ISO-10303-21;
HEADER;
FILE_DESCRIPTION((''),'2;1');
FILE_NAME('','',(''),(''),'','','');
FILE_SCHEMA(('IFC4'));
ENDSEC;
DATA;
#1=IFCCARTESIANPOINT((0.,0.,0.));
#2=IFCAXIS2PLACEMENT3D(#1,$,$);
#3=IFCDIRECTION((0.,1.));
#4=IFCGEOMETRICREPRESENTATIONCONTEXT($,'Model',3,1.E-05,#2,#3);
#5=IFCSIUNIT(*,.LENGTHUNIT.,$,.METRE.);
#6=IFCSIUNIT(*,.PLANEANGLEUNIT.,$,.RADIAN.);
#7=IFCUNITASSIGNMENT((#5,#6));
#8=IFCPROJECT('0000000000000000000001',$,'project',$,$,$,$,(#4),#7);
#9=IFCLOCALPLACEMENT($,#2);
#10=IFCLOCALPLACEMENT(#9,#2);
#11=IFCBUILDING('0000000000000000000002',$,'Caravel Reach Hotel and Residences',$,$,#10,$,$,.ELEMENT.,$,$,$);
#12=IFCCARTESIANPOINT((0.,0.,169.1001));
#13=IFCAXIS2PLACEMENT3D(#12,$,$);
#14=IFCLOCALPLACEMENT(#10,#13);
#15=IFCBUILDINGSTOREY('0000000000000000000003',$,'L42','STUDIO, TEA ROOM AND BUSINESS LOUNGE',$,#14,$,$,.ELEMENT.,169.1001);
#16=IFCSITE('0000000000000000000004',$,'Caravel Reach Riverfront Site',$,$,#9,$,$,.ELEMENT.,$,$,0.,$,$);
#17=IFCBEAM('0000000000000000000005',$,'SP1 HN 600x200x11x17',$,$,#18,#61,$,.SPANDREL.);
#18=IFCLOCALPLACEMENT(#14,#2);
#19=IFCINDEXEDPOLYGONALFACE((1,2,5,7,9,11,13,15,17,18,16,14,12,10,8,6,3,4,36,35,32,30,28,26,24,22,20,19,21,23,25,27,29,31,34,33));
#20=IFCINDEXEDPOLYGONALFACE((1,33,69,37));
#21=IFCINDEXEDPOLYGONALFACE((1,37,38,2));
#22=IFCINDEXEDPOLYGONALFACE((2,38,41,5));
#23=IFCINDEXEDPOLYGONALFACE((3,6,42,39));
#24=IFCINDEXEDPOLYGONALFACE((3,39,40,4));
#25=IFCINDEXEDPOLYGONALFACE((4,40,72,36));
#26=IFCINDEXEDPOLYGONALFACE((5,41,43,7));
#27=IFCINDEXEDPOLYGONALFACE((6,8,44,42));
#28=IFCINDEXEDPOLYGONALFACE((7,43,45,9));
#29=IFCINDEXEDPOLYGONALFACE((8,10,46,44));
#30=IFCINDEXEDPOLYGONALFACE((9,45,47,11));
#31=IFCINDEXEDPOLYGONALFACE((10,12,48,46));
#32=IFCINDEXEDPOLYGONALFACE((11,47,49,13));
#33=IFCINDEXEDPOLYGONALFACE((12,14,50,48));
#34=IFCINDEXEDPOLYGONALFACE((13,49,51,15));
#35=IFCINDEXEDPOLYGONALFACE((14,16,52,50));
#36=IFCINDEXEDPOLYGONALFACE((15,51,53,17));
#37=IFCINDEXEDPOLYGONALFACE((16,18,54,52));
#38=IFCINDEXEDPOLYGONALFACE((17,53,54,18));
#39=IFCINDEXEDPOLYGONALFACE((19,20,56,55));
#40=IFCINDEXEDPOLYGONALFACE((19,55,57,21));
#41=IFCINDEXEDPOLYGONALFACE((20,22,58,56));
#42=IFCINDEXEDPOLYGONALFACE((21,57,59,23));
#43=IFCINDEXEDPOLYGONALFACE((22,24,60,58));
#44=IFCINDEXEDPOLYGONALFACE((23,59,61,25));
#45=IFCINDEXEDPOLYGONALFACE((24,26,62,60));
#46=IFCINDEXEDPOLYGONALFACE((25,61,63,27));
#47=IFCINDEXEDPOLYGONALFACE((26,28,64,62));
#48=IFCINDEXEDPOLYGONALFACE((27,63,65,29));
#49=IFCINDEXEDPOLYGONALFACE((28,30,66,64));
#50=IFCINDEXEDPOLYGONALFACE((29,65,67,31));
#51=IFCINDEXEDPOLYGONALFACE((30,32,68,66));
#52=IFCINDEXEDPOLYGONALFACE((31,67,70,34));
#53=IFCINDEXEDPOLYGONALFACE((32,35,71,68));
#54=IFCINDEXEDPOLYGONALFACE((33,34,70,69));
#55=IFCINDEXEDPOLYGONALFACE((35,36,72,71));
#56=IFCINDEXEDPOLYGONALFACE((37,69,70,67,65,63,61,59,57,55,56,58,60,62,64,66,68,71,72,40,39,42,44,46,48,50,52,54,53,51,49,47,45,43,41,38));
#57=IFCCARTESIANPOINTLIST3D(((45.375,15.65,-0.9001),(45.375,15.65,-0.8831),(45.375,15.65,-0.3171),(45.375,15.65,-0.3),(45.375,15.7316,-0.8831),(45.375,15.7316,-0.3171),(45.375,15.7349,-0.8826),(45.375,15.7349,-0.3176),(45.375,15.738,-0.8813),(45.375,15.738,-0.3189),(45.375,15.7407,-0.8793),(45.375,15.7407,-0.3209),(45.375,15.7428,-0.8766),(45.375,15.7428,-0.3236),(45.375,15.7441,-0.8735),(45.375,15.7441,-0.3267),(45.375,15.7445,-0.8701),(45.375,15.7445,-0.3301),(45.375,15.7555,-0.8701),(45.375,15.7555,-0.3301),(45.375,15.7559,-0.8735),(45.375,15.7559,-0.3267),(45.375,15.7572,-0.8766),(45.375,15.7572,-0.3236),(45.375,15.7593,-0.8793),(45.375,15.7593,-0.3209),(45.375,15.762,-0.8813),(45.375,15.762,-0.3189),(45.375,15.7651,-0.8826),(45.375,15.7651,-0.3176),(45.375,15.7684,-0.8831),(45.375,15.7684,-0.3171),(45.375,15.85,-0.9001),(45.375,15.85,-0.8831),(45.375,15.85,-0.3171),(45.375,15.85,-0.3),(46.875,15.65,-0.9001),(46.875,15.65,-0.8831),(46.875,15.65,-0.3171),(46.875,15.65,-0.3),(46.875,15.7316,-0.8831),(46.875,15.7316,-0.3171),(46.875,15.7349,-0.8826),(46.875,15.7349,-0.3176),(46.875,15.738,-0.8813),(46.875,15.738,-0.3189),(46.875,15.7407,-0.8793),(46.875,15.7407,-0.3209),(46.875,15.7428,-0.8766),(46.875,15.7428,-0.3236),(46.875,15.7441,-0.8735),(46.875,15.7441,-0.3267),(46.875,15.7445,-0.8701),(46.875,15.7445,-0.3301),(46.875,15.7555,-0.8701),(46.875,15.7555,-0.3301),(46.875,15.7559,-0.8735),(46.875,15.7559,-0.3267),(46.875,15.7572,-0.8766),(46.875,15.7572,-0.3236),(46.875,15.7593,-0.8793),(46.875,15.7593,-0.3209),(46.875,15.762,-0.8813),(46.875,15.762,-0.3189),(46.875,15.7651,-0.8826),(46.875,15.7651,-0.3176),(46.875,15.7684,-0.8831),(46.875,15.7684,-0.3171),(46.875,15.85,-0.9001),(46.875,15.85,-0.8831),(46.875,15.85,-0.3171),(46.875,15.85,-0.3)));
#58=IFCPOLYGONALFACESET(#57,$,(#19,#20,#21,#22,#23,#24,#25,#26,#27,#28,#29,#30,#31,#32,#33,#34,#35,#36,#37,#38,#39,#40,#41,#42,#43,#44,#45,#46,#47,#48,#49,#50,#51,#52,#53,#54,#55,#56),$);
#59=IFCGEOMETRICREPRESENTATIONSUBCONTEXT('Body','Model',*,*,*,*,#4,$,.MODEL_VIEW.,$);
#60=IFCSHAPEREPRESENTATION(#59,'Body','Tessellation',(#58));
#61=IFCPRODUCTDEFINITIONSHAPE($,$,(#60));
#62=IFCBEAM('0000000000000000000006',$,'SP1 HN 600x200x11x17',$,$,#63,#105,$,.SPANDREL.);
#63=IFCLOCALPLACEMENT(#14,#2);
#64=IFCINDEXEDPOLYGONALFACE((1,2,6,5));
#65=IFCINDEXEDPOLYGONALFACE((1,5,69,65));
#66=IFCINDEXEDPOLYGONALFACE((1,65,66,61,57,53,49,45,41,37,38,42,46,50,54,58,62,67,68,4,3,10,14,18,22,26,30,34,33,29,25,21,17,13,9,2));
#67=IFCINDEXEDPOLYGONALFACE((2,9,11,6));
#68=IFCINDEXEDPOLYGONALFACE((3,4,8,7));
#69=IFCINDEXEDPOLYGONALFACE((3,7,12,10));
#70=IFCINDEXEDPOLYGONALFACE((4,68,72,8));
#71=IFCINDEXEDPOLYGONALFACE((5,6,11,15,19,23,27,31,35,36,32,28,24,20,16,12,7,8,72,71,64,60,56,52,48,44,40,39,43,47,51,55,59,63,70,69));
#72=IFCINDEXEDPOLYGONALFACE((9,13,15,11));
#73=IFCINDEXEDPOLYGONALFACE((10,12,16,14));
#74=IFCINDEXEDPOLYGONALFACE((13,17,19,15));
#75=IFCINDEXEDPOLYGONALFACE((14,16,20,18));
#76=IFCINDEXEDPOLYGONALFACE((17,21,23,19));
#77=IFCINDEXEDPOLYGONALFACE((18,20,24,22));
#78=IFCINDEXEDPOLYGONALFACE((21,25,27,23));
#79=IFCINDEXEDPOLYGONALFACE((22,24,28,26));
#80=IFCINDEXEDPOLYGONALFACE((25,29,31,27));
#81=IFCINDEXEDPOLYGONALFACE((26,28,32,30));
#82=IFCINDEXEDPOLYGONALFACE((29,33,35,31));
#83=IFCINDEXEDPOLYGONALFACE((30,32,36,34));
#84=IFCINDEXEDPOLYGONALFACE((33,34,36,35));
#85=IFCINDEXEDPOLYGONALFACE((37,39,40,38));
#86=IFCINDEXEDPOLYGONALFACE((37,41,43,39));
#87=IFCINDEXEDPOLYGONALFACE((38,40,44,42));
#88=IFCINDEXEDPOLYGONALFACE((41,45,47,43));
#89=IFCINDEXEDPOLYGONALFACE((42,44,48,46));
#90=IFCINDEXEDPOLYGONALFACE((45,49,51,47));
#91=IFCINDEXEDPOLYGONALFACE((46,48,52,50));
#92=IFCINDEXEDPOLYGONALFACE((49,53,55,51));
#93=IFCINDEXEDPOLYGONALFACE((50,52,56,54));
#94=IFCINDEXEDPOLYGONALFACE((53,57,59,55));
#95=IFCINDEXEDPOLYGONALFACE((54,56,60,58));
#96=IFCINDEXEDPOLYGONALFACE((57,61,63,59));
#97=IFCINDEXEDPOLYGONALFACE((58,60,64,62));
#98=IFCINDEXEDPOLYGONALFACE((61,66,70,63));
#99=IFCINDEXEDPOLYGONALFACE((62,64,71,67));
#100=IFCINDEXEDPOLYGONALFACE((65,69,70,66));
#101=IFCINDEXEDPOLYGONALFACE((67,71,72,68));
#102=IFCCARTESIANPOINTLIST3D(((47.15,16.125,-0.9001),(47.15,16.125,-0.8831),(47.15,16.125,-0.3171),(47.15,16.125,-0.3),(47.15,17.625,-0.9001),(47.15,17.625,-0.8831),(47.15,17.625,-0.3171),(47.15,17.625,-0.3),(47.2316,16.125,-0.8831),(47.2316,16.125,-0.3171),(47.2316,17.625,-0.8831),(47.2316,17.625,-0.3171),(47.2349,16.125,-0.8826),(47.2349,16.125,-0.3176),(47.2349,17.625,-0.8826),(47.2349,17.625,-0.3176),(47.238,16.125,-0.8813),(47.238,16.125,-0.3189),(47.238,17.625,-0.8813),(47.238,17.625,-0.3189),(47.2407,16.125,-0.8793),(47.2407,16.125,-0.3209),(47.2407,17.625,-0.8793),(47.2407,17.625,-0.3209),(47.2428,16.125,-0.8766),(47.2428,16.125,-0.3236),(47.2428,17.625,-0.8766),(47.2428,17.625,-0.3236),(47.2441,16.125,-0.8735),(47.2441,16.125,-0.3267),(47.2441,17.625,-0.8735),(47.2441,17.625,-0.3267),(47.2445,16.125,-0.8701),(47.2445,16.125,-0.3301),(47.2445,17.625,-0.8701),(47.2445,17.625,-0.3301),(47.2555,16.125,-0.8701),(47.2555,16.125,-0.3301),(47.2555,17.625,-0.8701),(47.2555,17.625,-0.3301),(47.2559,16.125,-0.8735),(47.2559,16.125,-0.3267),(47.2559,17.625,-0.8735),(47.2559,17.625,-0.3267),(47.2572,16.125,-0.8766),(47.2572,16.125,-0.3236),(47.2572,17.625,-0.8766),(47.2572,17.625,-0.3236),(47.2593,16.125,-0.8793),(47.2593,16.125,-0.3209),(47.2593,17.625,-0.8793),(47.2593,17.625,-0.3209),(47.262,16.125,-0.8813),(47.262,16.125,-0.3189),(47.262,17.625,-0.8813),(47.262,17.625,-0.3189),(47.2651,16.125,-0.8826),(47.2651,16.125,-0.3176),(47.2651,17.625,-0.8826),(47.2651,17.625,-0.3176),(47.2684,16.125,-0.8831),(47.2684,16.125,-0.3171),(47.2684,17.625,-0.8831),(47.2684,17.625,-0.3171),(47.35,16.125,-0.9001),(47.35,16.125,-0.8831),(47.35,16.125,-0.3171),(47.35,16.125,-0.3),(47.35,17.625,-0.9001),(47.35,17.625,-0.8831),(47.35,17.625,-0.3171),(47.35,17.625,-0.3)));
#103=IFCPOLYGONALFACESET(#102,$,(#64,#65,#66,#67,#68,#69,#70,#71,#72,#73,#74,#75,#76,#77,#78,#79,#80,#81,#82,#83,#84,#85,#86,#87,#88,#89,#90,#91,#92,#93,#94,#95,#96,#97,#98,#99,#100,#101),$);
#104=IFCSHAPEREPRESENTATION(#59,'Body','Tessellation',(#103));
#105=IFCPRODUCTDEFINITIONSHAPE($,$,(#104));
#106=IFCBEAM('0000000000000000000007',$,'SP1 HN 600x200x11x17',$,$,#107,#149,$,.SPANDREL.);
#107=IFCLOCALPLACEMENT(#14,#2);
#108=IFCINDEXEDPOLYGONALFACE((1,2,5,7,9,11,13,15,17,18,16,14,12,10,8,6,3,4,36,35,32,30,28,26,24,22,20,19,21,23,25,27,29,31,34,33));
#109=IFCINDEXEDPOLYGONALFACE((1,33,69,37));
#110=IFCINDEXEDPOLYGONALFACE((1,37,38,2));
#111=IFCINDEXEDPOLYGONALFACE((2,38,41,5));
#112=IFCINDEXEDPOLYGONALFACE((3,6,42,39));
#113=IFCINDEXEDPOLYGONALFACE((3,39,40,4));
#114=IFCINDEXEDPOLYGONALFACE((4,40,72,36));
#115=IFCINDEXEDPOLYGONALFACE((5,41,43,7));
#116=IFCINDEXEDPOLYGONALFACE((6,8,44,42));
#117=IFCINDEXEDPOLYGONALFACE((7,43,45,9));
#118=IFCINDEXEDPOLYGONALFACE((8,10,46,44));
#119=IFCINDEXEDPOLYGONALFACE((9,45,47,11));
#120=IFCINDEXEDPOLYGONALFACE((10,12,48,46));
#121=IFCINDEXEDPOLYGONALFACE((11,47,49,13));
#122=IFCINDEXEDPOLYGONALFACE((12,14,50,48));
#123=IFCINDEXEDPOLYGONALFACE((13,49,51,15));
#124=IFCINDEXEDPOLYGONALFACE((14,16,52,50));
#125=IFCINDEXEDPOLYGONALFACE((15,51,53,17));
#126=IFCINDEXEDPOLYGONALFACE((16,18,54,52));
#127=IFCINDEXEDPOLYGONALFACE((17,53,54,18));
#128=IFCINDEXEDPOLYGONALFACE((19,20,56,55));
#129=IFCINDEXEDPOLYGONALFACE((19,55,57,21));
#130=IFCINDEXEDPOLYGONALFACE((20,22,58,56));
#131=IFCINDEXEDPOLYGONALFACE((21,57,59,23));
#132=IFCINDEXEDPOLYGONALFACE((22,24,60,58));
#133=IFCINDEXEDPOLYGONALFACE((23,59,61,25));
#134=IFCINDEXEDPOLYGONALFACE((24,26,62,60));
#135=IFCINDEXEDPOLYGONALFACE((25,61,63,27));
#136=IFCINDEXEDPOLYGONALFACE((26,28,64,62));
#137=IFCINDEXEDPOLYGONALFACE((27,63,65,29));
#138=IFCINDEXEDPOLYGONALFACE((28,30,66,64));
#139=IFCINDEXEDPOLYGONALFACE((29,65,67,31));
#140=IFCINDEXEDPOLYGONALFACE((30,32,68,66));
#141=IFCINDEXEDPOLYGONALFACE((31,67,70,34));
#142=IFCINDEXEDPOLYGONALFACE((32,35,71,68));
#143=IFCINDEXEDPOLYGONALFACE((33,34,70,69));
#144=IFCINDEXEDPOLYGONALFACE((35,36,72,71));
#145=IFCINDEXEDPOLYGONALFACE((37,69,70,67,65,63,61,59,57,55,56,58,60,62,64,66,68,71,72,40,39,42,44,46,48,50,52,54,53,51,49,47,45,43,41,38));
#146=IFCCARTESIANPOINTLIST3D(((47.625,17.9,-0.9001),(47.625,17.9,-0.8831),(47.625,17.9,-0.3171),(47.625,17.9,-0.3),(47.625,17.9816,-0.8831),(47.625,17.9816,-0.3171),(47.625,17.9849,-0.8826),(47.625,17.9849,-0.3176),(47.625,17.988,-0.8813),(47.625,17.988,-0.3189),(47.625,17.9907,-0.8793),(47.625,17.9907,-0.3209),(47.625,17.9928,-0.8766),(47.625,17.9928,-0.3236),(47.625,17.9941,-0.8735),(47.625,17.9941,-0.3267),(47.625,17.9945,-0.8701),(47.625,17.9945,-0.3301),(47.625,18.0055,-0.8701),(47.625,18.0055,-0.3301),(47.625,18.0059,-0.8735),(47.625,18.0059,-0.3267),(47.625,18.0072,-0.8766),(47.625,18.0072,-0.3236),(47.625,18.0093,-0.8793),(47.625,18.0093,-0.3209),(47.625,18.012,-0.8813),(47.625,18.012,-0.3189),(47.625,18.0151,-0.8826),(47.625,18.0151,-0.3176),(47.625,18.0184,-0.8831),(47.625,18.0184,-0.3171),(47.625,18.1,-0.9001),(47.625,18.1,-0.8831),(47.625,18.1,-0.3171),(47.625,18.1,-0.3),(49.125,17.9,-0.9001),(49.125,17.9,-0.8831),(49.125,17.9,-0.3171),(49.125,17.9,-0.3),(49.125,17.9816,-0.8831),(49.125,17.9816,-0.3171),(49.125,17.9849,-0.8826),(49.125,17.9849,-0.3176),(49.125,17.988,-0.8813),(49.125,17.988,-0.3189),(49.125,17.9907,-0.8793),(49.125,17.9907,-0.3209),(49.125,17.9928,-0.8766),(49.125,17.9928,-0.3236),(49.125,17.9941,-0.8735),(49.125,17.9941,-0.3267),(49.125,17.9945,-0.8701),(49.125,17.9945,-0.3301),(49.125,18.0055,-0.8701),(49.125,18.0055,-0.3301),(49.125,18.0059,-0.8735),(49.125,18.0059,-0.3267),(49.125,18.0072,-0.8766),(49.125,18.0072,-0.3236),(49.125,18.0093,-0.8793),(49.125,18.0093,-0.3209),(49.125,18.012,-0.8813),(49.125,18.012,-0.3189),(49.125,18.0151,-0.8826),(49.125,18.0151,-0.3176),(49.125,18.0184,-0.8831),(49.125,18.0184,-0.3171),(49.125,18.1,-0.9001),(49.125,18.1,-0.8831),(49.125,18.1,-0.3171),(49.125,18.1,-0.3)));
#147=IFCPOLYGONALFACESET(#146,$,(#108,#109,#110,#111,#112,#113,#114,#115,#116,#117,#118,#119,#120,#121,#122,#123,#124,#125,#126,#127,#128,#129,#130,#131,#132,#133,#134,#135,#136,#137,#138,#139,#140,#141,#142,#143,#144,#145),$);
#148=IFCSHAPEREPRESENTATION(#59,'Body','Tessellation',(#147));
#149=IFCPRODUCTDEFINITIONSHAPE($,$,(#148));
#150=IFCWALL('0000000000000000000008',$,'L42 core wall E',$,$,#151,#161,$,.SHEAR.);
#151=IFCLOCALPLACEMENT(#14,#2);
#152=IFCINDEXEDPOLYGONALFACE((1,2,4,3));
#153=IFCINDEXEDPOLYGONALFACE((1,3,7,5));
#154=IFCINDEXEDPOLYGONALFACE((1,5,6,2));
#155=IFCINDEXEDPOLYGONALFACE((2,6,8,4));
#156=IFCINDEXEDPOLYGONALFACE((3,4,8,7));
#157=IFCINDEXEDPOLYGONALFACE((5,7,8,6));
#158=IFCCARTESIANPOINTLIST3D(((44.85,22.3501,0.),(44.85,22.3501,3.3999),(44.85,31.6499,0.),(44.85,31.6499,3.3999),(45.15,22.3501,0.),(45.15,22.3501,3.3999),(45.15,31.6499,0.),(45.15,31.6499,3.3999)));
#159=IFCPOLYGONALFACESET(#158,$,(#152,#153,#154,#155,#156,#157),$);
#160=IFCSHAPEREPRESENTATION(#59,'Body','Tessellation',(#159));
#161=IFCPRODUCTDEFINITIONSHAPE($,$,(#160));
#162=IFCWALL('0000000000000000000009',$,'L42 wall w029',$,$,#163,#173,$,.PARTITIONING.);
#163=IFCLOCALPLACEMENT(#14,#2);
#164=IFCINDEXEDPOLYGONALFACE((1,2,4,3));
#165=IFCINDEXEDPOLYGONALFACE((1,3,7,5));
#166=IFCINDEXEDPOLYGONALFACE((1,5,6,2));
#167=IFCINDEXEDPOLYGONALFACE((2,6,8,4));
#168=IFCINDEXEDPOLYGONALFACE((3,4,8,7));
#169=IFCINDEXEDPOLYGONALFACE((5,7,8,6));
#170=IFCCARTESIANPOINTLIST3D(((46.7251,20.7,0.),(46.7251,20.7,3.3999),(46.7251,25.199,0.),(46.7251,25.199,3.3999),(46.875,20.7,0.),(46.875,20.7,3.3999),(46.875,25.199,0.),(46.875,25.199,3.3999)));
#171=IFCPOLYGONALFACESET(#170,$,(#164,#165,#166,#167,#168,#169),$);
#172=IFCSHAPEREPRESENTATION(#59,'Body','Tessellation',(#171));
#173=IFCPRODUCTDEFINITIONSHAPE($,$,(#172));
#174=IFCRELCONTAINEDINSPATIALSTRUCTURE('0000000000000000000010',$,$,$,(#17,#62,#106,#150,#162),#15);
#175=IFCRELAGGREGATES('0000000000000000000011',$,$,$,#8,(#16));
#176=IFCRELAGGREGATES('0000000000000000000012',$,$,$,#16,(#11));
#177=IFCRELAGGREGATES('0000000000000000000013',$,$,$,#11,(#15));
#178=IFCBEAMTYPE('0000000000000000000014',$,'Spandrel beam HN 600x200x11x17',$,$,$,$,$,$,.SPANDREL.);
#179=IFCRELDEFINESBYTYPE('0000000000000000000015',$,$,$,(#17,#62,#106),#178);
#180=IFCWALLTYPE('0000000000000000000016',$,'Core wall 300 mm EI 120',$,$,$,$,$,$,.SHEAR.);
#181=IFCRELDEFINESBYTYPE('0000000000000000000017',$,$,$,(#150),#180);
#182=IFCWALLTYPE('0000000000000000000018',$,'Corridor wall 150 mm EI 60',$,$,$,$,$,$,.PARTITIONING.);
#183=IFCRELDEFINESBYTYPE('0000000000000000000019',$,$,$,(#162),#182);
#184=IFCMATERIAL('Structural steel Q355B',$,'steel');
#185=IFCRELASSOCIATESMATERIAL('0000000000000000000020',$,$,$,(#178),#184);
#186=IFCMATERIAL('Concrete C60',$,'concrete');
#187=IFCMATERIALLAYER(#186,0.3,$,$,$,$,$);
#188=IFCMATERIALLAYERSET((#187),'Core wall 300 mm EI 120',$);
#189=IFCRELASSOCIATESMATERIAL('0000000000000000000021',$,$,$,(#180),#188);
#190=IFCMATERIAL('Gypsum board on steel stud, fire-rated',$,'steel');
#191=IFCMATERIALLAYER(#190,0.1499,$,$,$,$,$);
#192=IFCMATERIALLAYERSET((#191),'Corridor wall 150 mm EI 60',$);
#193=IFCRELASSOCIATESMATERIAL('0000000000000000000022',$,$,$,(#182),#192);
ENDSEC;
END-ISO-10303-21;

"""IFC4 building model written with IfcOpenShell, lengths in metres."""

from ifc_helpers import new_model, si_unit, direction, frame, frame_2d, origin, origin_2d, place, context, subcontext, project, spatial, rectangle, i_section, extrude, material, layer, layer_set, material_profile, profile_set, type_object, element, save


model = new_model("IFC4")

# Units and contexts
model_context = context("Model", 3, precision=1e-05, world=origin(), true_north=direction((0.0, 1.0)))
body_context = subcontext(model_context, "Body", "Model", "MODEL_VIEW")
ifc_project = project(units=[si_unit("LENGTHUNIT", "METRE"), si_unit("PLANEANGLEUNIT", "RADIAN")], contexts=[model_context])

# Site, building, storey
site_placement = place(None, origin())
site = spatial("IfcSite", under=ifc_project, at=site_placement, Name="Caravel Reach Riverfront Site", CompositionType="ELEMENT", RefElevation=0.0)
building_placement = place(site_placement, origin())
building = spatial("IfcBuilding", under=site, at=building_placement, Name="Caravel Reach Hotel and Residences", CompositionType="ELEMENT")
storey_placement = place(building_placement, frame((0.0, 0.0, 169.1001)))
storey = spatial("IfcBuildingStorey", under=building, at=storey_placement, Name="L42", Description="STUDIO, TEA ROOM AND BUSINESS LOUNGE", CompositionType="ELEMENT", Elevation=169.1001)

# Beams
ifc_material_1 = material(Name="Structural steel Q355B", Category="steel")
ifc_material_profile_1 = material_profile(ifc_material_1, i_section(OverallWidth=0.2, OverallDepth=0.6001, WebThickness=0.011, FlangeThickness=0.0171, FilletRadius=0.0129, at=origin_2d()), Name="HN 600x200x11x17")
ifc_profile_set_1 = profile_set([ifc_material_profile_1], Name="Structural steel Q355B")
beam_type = type_object("IfcBeamType", Name="Spandrel beam HN 600x200x11x17", PredefinedType="SPANDREL", material=ifc_profile_set_1)
for number, where, z_axis, x_axis, name in (
    (1, (45.375, 15.75, -0.6001), (1.0, 0.0, 0.0), (0.0, 1.0, 0.0), "SP1 HN 600x200x11x17"),
    (2, (47.25, 16.125, -0.6001), (0.0, 1.0, 0.0), (-1.0, 0.0, 0.0), "SP1 HN 600x200x11x17"),
    (3, (47.625, 18.0, -0.6001), (1.0, 0.0, 0.0), (0.0, 1.0, 0.0), "SP1 HN 600x200x11x17"),
):
    element("IfcBeam", number, at=place(storey_placement, frame(where, z_axis=z_axis, x_axis=x_axis)), inside=storey, type_object=beam_type, Name=name, PredefinedType="SPANDREL", context=body_context, shape_type="SweptSolid", body=[
        extrude(i_section(OverallWidth=0.2, OverallDepth=0.6001, WebThickness=0.011, FlangeThickness=0.0171, FilletRadius=0.0129, at=origin_2d()), origin(), (0.0, 0.0, 1.0), 1.5),
    ])

# Walls
ifc_material_2 = material(Name="Concrete C60", Category="concrete")
ifc_layer_1 = layer(ifc_material_2, 0.3)
ifc_layer_set_1 = layer_set([ifc_layer_1], Name="Core wall 300 mm EI 120")
wall_type_1 = type_object("IfcWallType", Name="Core wall 300 mm EI 120", PredefinedType="SHEAR", material=ifc_layer_set_1)
wall_1_placement = place(storey_placement, frame((45.0, 22.3501, 0.0), z_axis=(0.0, 0.0, 1.0), x_axis=(0.0, 1.0, 0.0)))
element("IfcWall", 4, at=wall_1_placement, inside=storey, type_object=wall_type_1, Name="L42 core wall E", PredefinedType="SHEAR", context=body_context, shape_type="SweptSolid", body=[
    extrude(rectangle(XDim=9.2998, YDim=0.3, at=frame_2d((4.6499, 0.0))), origin(), (0.0, 0.0, 1.0), 3.3999),
])
ifc_material_3 = material(Name="Gypsum board on steel stud, fire-rated", Category="steel")
ifc_layer_2 = layer(ifc_material_3, 0.1499)
ifc_layer_set_2 = layer_set([ifc_layer_2], Name="Corridor wall 150 mm EI 60")
wall_type_2 = type_object("IfcWallType", Name="Corridor wall 150 mm EI 60", PredefinedType="PARTITIONING", material=ifc_layer_set_2)
wall_2_placement = place(storey_placement, frame((46.8, 20.7, 0.0), z_axis=(0.0, 0.0, 1.0), x_axis=(0.0, 1.0, 0.0)))
element("IfcWall", 5, at=wall_2_placement, inside=storey, type_object=wall_type_2, Name="L42 wall w029", PredefinedType="PARTITIONING", context=body_context, shape_type="SweptSolid", body=[
    extrude(rectangle(XDim=4.499, YDim=0.1499, at=frame_2d((2.2495, 0.0))), origin(), (0.0, 0.0, 1.0), 3.3999),
])

save(model, "model.ifc")
